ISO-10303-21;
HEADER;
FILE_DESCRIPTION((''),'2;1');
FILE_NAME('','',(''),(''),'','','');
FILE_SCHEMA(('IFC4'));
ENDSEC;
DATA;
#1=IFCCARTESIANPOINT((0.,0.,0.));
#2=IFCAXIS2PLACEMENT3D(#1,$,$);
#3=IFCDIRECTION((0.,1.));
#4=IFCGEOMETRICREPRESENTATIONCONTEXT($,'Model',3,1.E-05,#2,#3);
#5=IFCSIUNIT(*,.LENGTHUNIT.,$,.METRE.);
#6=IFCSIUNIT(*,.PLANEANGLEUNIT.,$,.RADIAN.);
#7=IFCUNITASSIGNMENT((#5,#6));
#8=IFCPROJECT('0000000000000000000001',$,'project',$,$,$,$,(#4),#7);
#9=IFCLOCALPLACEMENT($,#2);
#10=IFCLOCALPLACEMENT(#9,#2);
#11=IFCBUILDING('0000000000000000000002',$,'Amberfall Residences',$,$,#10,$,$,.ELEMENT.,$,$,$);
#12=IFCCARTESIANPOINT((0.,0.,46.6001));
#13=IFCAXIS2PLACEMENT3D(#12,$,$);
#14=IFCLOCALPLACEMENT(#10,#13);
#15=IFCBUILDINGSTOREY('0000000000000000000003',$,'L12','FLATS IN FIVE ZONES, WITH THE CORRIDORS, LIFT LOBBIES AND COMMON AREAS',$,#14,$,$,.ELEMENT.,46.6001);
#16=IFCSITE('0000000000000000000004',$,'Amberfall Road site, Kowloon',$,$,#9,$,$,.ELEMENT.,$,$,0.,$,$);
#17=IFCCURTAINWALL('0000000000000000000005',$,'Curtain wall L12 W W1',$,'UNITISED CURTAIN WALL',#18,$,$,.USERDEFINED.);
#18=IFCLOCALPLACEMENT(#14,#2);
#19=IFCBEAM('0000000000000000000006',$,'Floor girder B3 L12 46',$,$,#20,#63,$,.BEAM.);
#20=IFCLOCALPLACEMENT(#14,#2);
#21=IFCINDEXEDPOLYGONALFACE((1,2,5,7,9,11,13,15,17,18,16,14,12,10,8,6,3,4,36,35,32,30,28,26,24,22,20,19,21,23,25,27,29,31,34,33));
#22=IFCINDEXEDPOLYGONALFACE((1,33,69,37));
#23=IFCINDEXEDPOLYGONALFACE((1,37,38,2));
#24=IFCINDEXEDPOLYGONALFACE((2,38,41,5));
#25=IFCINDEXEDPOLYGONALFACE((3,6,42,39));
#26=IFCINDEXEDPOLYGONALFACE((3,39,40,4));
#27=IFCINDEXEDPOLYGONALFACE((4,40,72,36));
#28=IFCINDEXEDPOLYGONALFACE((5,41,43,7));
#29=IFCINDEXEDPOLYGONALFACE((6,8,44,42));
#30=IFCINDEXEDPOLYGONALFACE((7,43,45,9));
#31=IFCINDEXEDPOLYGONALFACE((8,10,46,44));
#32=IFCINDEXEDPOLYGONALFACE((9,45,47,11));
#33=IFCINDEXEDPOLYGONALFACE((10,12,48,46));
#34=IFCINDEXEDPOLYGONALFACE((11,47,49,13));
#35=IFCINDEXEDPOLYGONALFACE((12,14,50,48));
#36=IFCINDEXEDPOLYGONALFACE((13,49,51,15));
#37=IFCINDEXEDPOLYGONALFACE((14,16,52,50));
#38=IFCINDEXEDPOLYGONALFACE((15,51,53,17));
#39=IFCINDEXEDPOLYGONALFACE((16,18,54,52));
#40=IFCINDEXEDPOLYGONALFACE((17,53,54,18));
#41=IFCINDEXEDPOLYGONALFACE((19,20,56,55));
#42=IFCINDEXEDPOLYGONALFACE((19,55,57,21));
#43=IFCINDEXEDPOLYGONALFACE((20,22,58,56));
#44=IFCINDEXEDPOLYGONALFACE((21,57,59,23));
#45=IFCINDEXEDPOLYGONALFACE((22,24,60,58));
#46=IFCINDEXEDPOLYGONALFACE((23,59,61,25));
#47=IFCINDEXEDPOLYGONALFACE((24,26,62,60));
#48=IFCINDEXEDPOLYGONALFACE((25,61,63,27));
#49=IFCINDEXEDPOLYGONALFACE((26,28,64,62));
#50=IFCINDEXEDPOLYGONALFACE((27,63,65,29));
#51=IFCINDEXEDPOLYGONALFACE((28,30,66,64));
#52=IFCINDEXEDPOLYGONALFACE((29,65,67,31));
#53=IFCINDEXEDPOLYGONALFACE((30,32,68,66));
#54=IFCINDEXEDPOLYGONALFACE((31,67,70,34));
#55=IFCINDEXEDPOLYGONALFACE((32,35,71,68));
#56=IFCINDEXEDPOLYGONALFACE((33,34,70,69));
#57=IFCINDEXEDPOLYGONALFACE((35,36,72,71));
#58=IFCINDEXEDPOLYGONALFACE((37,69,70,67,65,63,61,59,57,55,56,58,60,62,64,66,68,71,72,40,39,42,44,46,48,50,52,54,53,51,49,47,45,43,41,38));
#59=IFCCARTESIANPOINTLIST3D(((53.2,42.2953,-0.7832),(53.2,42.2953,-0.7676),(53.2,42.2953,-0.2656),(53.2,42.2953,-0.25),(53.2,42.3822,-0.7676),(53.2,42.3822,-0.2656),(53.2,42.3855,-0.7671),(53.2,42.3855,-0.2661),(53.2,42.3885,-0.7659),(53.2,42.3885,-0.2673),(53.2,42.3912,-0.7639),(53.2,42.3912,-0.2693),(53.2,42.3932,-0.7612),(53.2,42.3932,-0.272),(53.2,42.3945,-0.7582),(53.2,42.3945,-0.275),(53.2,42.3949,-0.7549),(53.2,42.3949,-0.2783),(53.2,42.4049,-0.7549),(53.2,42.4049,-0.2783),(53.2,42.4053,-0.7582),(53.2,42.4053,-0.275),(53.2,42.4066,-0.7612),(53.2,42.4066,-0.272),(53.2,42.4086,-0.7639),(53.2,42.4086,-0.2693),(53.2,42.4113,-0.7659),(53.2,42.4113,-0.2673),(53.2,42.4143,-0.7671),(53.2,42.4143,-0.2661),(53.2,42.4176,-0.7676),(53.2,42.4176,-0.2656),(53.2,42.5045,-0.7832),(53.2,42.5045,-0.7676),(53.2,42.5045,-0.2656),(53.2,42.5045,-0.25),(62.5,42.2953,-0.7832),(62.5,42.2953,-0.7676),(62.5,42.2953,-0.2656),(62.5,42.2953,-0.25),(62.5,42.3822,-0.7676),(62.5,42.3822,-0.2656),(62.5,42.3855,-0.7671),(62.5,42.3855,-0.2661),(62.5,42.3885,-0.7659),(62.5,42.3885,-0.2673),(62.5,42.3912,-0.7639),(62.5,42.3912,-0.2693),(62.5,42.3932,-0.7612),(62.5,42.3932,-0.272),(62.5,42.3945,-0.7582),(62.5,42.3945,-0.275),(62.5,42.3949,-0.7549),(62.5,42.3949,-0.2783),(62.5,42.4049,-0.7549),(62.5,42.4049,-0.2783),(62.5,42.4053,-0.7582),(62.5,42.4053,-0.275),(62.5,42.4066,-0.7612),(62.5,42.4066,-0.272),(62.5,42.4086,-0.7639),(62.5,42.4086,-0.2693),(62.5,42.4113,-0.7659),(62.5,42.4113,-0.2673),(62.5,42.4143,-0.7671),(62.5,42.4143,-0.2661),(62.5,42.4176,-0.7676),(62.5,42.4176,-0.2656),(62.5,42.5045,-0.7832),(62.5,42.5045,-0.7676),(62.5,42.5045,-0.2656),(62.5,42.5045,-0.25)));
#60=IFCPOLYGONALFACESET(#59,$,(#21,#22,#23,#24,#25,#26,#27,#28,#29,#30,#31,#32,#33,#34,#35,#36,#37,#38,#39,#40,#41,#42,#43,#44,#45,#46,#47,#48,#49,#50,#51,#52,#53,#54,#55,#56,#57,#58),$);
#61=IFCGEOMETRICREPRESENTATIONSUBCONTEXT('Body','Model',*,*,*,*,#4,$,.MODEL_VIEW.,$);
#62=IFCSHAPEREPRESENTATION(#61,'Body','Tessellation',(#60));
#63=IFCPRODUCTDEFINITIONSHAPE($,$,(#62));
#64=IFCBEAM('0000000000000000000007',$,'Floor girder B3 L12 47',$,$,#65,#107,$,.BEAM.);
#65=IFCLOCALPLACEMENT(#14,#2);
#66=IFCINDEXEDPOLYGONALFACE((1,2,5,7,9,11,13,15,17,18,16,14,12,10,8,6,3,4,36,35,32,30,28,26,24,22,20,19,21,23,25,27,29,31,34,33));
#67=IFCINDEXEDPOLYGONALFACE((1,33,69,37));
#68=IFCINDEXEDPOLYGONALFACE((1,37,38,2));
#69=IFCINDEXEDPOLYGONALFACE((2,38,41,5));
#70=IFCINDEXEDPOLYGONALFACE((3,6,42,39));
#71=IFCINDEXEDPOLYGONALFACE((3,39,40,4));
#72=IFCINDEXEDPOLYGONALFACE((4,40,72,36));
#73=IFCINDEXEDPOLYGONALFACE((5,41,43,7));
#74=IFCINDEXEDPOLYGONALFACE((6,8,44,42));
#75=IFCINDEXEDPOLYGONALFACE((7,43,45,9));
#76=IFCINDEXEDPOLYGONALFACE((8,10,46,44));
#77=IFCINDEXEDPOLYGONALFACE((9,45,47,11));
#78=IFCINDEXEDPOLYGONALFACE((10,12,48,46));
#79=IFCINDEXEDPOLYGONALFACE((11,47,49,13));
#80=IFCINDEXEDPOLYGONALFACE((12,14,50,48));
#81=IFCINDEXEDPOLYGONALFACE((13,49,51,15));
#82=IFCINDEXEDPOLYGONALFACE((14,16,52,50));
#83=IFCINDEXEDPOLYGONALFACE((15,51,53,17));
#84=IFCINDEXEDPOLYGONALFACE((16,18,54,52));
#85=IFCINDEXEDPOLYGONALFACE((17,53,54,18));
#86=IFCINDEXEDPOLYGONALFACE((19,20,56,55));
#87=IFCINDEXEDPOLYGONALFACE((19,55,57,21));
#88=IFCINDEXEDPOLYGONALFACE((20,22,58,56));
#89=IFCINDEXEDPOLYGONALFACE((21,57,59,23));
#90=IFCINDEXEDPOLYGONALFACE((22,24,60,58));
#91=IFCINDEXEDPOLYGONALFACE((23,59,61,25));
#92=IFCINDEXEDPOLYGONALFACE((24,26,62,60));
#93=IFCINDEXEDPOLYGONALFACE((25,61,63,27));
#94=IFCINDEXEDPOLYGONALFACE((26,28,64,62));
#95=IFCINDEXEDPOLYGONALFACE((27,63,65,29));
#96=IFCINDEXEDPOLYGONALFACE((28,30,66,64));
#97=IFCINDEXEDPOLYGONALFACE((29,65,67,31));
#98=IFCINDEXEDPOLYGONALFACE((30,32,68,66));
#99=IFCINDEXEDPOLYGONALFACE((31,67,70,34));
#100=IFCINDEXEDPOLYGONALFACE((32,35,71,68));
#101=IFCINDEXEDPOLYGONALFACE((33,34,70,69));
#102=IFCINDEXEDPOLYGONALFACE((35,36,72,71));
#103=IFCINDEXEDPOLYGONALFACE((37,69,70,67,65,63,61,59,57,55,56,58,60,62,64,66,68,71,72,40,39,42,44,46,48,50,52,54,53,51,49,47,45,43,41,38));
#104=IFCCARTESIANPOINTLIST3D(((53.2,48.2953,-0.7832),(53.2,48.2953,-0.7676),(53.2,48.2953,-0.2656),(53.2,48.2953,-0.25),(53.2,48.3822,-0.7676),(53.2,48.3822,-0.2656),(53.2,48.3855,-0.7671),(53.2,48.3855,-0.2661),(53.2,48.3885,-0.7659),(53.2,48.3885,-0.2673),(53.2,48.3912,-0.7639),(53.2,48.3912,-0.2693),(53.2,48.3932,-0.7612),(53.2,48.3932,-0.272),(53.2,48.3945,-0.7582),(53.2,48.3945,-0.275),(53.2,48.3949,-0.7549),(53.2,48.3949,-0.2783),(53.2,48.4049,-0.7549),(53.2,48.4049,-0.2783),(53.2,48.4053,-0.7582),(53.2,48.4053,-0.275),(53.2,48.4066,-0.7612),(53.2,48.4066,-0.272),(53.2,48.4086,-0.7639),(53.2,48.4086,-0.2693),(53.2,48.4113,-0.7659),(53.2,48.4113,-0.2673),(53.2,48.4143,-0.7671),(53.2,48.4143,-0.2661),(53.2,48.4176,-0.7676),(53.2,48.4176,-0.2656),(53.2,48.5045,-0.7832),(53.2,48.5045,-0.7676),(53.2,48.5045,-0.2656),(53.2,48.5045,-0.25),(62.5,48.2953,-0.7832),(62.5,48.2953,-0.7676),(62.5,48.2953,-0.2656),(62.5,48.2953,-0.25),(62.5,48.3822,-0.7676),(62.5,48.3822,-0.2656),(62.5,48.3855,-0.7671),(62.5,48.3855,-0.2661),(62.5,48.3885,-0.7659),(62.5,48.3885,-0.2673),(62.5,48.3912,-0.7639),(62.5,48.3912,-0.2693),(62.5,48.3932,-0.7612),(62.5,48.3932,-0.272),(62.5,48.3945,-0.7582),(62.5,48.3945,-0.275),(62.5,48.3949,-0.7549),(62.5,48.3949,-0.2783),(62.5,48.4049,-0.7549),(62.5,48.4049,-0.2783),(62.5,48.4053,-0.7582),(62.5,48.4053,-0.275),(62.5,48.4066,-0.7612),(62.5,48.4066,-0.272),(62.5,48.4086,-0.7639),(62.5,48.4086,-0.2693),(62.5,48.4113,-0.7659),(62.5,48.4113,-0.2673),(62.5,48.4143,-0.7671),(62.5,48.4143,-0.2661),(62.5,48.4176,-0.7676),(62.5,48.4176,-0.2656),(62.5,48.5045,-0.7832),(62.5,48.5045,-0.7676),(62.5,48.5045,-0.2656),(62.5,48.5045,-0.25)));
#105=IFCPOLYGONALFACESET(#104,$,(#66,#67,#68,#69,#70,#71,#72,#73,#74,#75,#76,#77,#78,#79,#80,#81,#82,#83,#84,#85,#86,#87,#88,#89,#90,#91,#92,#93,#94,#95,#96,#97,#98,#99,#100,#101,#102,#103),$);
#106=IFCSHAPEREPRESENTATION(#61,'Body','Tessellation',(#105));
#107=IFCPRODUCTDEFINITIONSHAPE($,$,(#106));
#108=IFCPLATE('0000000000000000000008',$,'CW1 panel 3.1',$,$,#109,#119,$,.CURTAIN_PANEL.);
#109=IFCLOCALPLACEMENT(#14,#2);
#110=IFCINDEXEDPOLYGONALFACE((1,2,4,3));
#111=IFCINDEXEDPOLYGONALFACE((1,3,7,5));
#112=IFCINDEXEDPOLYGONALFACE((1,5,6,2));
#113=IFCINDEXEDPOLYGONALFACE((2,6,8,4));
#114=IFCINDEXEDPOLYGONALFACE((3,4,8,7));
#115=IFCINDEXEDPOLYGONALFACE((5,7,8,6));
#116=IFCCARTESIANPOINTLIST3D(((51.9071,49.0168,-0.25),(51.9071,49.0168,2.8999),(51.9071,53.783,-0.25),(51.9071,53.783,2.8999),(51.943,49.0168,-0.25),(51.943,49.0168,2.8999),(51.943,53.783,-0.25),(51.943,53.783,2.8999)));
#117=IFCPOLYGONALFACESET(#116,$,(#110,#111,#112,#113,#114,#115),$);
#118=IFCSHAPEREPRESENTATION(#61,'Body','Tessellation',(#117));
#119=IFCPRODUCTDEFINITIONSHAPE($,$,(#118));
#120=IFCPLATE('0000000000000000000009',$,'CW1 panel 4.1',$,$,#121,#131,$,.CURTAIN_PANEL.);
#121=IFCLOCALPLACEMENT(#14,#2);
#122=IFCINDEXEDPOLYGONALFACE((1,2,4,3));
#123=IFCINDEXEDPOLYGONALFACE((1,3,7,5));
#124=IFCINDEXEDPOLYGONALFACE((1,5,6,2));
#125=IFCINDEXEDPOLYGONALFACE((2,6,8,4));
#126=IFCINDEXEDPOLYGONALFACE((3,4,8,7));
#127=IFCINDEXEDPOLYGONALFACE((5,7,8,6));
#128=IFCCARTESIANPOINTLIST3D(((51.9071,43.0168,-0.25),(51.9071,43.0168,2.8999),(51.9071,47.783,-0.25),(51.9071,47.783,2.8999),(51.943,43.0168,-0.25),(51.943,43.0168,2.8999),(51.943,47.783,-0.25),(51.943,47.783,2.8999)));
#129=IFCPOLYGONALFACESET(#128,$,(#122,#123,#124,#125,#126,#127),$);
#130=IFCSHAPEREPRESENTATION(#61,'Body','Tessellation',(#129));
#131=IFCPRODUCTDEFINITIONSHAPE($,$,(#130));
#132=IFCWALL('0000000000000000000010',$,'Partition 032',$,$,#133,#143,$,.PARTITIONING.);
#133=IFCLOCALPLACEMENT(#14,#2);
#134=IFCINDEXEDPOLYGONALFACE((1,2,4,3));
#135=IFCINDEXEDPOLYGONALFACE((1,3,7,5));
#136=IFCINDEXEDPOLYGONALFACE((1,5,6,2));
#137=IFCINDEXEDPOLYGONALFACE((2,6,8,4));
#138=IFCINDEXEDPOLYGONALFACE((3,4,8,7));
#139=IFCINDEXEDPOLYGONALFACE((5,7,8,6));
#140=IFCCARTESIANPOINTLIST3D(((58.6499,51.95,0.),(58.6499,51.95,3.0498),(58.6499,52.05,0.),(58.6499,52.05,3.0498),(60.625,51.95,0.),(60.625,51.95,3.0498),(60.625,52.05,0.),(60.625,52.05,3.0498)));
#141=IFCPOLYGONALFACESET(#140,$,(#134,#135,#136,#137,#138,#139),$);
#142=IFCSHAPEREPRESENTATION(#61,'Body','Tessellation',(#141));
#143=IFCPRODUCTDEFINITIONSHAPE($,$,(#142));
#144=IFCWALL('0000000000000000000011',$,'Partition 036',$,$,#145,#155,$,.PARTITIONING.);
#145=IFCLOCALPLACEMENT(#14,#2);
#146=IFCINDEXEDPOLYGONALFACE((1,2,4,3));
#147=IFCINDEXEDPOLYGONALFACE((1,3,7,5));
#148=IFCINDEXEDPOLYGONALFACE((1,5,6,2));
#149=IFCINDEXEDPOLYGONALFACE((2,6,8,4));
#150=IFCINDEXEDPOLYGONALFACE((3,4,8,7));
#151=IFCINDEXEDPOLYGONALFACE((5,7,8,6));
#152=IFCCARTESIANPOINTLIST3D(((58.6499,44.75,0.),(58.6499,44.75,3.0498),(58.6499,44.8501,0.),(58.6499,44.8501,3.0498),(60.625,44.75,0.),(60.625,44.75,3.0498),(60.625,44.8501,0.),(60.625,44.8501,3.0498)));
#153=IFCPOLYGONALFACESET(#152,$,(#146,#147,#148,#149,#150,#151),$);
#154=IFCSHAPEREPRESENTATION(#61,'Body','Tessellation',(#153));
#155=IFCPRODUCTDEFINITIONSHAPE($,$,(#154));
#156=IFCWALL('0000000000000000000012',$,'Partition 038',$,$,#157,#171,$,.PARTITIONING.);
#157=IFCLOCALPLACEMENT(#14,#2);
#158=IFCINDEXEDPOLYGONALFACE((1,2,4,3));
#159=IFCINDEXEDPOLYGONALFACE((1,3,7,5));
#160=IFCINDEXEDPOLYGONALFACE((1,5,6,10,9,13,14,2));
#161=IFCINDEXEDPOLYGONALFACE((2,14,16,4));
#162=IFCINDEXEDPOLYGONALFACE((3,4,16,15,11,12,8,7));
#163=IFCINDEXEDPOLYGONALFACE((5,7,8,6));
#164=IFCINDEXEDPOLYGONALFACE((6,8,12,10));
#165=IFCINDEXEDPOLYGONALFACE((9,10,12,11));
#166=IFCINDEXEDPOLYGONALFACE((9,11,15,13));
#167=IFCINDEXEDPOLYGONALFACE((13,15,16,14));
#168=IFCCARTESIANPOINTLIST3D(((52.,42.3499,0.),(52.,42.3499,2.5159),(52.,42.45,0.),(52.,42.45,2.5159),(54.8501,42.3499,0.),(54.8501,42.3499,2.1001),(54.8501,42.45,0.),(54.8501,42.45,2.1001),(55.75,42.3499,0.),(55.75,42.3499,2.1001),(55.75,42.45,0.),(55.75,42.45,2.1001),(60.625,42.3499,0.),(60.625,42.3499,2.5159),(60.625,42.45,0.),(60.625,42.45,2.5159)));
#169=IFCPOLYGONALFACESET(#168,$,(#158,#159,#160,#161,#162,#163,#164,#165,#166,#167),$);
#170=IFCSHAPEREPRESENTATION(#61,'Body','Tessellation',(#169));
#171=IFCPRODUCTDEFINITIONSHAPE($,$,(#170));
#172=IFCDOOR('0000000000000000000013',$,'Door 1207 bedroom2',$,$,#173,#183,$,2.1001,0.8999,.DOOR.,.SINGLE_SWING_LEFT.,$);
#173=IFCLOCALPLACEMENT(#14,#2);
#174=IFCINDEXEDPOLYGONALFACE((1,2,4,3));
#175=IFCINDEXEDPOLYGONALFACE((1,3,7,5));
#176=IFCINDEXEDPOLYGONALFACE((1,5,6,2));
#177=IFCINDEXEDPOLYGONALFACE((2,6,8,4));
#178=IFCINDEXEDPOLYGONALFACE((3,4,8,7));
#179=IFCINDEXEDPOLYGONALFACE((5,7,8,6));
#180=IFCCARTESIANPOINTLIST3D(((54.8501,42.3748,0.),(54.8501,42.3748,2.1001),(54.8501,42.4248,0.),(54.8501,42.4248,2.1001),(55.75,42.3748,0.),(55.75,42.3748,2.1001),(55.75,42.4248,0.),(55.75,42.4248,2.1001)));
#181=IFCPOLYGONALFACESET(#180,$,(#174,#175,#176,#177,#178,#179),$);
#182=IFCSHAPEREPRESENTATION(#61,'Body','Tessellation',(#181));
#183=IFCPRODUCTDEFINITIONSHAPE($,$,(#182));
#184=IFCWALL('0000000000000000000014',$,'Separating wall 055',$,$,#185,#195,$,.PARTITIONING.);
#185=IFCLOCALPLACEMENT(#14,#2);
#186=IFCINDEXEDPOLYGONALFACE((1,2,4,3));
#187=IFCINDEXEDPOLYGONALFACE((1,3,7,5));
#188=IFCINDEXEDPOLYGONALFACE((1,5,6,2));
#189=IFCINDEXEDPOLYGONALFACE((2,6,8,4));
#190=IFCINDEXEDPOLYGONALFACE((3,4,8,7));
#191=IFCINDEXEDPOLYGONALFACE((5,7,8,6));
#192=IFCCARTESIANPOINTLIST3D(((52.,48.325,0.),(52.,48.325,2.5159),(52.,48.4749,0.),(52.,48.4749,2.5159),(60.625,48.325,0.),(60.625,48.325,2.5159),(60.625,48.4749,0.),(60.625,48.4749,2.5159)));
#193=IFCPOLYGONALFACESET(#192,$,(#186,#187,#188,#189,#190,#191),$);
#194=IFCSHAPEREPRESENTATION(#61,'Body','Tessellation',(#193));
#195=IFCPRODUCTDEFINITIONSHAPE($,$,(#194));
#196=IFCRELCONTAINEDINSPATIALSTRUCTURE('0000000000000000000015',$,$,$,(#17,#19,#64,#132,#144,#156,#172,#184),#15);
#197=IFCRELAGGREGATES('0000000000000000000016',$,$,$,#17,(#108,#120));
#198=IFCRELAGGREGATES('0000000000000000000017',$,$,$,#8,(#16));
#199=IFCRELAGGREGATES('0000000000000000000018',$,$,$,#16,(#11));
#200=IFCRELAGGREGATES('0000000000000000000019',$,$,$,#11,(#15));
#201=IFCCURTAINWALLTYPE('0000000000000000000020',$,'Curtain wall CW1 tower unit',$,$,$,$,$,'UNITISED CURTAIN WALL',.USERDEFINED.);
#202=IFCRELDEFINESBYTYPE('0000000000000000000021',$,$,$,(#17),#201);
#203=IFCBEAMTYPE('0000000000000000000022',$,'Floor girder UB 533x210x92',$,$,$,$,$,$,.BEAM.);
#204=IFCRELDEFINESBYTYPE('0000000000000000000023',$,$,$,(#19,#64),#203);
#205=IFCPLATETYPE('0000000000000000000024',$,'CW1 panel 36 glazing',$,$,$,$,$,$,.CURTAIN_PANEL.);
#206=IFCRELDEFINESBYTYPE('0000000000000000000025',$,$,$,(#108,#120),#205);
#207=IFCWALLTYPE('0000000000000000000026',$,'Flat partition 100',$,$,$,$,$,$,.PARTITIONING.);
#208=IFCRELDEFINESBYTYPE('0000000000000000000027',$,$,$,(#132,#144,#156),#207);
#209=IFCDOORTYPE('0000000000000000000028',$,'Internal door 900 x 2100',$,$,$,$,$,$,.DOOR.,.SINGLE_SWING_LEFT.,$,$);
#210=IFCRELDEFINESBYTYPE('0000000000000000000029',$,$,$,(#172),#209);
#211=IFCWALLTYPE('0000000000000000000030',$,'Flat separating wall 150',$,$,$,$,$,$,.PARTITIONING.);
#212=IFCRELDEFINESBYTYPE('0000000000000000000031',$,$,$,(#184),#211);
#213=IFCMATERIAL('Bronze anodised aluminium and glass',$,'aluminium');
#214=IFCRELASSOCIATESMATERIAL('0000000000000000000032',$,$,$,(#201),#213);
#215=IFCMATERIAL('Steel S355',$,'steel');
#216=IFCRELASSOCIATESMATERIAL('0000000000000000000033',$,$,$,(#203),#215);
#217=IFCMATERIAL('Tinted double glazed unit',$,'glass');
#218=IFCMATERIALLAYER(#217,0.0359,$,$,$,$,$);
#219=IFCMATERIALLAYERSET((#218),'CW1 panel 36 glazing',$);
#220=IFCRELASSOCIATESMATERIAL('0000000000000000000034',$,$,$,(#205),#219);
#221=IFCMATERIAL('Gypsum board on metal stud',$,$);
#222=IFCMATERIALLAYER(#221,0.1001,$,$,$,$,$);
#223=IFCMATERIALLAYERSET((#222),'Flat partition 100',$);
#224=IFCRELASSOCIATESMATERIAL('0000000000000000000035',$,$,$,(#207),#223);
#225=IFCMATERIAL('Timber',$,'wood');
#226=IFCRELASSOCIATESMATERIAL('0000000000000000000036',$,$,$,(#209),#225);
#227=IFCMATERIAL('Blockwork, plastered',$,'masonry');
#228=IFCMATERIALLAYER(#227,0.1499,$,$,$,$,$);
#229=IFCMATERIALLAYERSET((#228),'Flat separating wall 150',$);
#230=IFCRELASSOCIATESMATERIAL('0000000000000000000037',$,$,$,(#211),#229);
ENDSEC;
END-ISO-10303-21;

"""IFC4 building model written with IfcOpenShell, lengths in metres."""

from ifc_helpers import new_model, si_unit, direction, frame, frame_2d, origin, origin_2d, place, context, subcontext, project, spatial, rectangle, i_section, extrude, material, layer, layer_set, material_profile, profile_set, type_object, element, fill, aggregate, save


model = new_model("IFC4")

# Units and contexts
model_context = context("Model", 3, precision=1e-05, world=origin(), true_north=direction((0.0, 1.0)))
body_context = subcontext(model_context, "Body", "Model", "MODEL_VIEW")
ifc_project = project(units=[si_unit("LENGTHUNIT", "METRE"), si_unit("PLANEANGLEUNIT", "RADIAN")], contexts=[model_context])

# Site, building, storey
site_placement = place(None, origin())
site = spatial("IfcSite", under=ifc_project, at=site_placement, Name="Amberfall Road site, Kowloon", CompositionType="ELEMENT", RefElevation=0.0)
building_placement = place(site_placement, origin())
building = spatial("IfcBuilding", under=site, at=building_placement, Name="Amberfall Residences", CompositionType="ELEMENT")
storey_placement = place(building_placement, frame((0.0, 0.0, 46.6001)))
storey = spatial("IfcBuildingStorey", under=building, at=storey_placement, Name="L12", Description="FLATS IN FIVE ZONES, WITH THE CORRIDORS, LIFT LOBBIES AND COMMON AREAS", CompositionType="ELEMENT", Elevation=46.6001)

# Curtain wall
ifc_material_1 = material(Name="Bronze anodised aluminium and glass", Category="aluminium")
curtain_wall_type = type_object("IfcCurtainWallType", Name="Curtain wall CW1 tower unit", ElementType="UNITISED CURTAIN WALL", PredefinedType="USERDEFINED", material=ifc_material_1)
curtain_wall_placement = place(storey_placement, origin())
curtain_wall = element("IfcCurtainWall", 1, at=curtain_wall_placement, inside=storey, type_object=curtain_wall_type, Name="Curtain wall L12 W W1", ObjectType="UNITISED CURTAIN WALL", PredefinedType="USERDEFINED")

# Shared definitions
ifc_material_2 = material(Name="Steel S355", Category="steel")

# Beams
ifc_material_profile_1 = material_profile(ifc_material_2, i_section(OverallWidth=0.2092, OverallDepth=0.5332, WebThickness=0.01, FlangeThickness=0.0156, FilletRadius=0.0127, at=origin_2d()), Name="UB 533x210x92")
ifc_profile_set_1 = profile_set([ifc_material_profile_1], Name="Steel S355")
beam_type_1 = type_object("IfcBeamType", Name="Floor girder UB 533x210x92", PredefinedType="BEAM", material=ifc_profile_set_1)
for number, where, z_axis, x_axis, name in (
    (2, (53.2, 42.3999, -0.5166), (1.0, 0.0, 0.0), (0.0, 1.0, 0.0), "Floor girder B3 L12 46"),
    (3, (53.2, 48.3999, -0.5166), (1.0, 0.0, 0.0), (0.0, 1.0, 0.0), "Floor girder B3 L12 47"),
):
    element("IfcBeam", number, at=place(storey_placement, frame(where, z_axis=z_axis, x_axis=x_axis)), inside=storey, type_object=beam_type_1, Name=name, PredefinedType="BEAM", context=body_context, shape_type="SweptSolid", body=[
        extrude(i_section(OverallWidth=0.2092, OverallDepth=0.5332, WebThickness=0.01, FlangeThickness=0.0156, FilletRadius=0.0127, at=origin_2d()), origin(), (0.0, 0.0, 1.0), 9.3),
    ])

# Plates
ifc_material_3 = material(Name="Tinted double glazed unit", Category="glass")
ifc_layer_1 = layer(ifc_material_3, 0.0359)
ifc_layer_set_1 = layer_set([ifc_layer_1], Name="CW1 panel 36 glazing")
plate_type = type_object("IfcPlateType", Name="CW1 panel 36 glazing", PredefinedType="CURTAIN_PANEL", material=ifc_layer_set_1)
plate_1_placement = place(storey_placement, frame((51.925, 51.3999, -0.25), z_axis=(0.0, 0.0, 1.0), x_axis=(0.0, -1.0, 0.0)))
plate_1 = element("IfcPlate", 4, at=plate_1_placement, type_object=plate_type, Name="CW1 panel 3.1", PredefinedType="CURTAIN_PANEL", context=body_context, shape_type="SweptSolid", body=[
    extrude(rectangle(XDim=4.7661, YDim=0.0359, at=origin_2d()), origin(), (0.0, 0.0, 1.0), 3.1499),
])
plate_2_placement = place(storey_placement, frame((51.925, 45.3999, -0.25), z_axis=(0.0, 0.0, 1.0), x_axis=(0.0, -1.0, 0.0)))
plate_2 = element("IfcPlate", 5, at=plate_2_placement, type_object=plate_type, Name="CW1 panel 4.1", PredefinedType="CURTAIN_PANEL", context=body_context, shape_type="SweptSolid", body=[
    extrude(rectangle(XDim=4.7661, YDim=0.0359, at=origin_2d()), origin(), (0.0, 0.0, 1.0), 3.1499),
])
aggregate(curtain_wall, [plate_1, plate_2])

# Walls
ifc_material_4 = material(Name="Gypsum board on metal stud")
ifc_layer_2 = layer(ifc_material_4, 0.1001)
ifc_layer_set_2 = layer_set([ifc_layer_2], Name="Flat partition 100")
wall_type_1 = type_object("IfcWallType", Name="Flat partition 100", PredefinedType="PARTITIONING", material=ifc_layer_set_2)
for number, where, z_axis, x_axis, name in (
    (6, (58.6499, 52.0, 0.0), (0.0, 0.0, 1.0), (1.0, 0.0, 0.0), "Partition 032"),
    (7, (58.6499, 44.8, 0.0), (0.0, 0.0, 1.0), (1.0, 0.0, 0.0), "Partition 036"),
):
    element("IfcWall", number, at=place(storey_placement, frame(where, z_axis=z_axis, x_axis=x_axis)), inside=storey, type_object=wall_type_1, Name=name, PredefinedType="PARTITIONING", context=body_context, shape_type="SweptSolid", body=[
        extrude(rectangle(XDim=1.9751, YDim=0.1001, at=frame_2d((0.9875, 0.0))), origin(), (0.0, 0.0, 1.0), 3.0498),
    ])

# Wall, opening, door
wall_1_placement = place(storey_placement, frame((52.0, 42.3999, 0.0), z_axis=(0.0, 0.0, 1.0), x_axis=(1.0, 0.0, 0.0)))
wall_1 = element("IfcWall", 8, at=wall_1_placement, inside=storey, type_object=wall_type_1, Name="Partition 038", PredefinedType="PARTITIONING", context=body_context, shape_type="SweptSolid", body=[
    extrude(rectangle(XDim=8.625, YDim=0.1001, at=frame_2d((4.3125, 0.0))), origin(), (0.0, 0.0, 1.0), 2.5159),
])
opening_placement = place(wall_1_placement, frame((2.8501, 0.0, 0.0)))
opening = element("IfcOpeningElement", 9, at=opening_placement, cuts=wall_1, PredefinedType="OPENING", context=body_context, shape_type="SweptSolid", body=[
    extrude(rectangle(XDim=0.8999, YDim=2.1001, at=frame_2d((0.45, 1.05))), frame((0.0, 0.0601, 0.0), z_axis=(0.0, -1.0, 0.0), x_axis=(1.0, 0.0, 0.0)), (0.0, 0.0, 1.0), 0.1201),
])
ifc_material_5 = material(Name="Timber", Category="wood")
door_type = type_object("IfcDoorType", Name="Internal door 900 x 2100", OperationType="SINGLE_SWING_LEFT", PredefinedType="DOOR", material=ifc_material_5)
door_placement = place(opening_placement, origin())
door = element("IfcDoor", 10, at=door_placement, inside=storey, type_object=door_type, Name="Door 1207 bedroom2", OperationType="SINGLE_SWING_LEFT", OverallHeight=2.1001, OverallWidth=0.8999, PredefinedType="DOOR", context=body_context, shape_type="SweptSolid", body=[
    extrude(rectangle(XDim=0.8999, YDim=2.1001, at=frame_2d((0.45, 1.05))), frame((0.0, 0.0249, 0.0), z_axis=(0.0, -1.0, 0.0), x_axis=(1.0, 0.0, 0.0)), (0.0, 0.0, 1.0), 0.05),
])
fill(opening, door)

# Wall
ifc_material_6 = material(Name="Blockwork, plastered", Category="masonry")
ifc_layer_3 = layer(ifc_material_6, 0.1499)
ifc_layer_set_3 = layer_set([ifc_layer_3], Name="Flat separating wall 150")
wall_type_2 = type_object("IfcWallType", Name="Flat separating wall 150", PredefinedType="PARTITIONING", material=ifc_layer_set_3)
wall_2_placement = place(storey_placement, frame((52.0, 48.3999, 0.0), z_axis=(0.0, 0.0, 1.0), x_axis=(1.0, 0.0, 0.0)))
element("IfcWall", 11, at=wall_2_placement, inside=storey, type_object=wall_type_2, Name="Separating wall 055", PredefinedType="PARTITIONING", context=body_context, shape_type="SweptSolid", body=[
    extrude(rectangle(XDim=8.625, YDim=0.1499, at=frame_2d((4.3125, 0.0))), origin(), (0.0, 0.0, 1.0), 2.5159),
])

save(model, "model.ifc")
